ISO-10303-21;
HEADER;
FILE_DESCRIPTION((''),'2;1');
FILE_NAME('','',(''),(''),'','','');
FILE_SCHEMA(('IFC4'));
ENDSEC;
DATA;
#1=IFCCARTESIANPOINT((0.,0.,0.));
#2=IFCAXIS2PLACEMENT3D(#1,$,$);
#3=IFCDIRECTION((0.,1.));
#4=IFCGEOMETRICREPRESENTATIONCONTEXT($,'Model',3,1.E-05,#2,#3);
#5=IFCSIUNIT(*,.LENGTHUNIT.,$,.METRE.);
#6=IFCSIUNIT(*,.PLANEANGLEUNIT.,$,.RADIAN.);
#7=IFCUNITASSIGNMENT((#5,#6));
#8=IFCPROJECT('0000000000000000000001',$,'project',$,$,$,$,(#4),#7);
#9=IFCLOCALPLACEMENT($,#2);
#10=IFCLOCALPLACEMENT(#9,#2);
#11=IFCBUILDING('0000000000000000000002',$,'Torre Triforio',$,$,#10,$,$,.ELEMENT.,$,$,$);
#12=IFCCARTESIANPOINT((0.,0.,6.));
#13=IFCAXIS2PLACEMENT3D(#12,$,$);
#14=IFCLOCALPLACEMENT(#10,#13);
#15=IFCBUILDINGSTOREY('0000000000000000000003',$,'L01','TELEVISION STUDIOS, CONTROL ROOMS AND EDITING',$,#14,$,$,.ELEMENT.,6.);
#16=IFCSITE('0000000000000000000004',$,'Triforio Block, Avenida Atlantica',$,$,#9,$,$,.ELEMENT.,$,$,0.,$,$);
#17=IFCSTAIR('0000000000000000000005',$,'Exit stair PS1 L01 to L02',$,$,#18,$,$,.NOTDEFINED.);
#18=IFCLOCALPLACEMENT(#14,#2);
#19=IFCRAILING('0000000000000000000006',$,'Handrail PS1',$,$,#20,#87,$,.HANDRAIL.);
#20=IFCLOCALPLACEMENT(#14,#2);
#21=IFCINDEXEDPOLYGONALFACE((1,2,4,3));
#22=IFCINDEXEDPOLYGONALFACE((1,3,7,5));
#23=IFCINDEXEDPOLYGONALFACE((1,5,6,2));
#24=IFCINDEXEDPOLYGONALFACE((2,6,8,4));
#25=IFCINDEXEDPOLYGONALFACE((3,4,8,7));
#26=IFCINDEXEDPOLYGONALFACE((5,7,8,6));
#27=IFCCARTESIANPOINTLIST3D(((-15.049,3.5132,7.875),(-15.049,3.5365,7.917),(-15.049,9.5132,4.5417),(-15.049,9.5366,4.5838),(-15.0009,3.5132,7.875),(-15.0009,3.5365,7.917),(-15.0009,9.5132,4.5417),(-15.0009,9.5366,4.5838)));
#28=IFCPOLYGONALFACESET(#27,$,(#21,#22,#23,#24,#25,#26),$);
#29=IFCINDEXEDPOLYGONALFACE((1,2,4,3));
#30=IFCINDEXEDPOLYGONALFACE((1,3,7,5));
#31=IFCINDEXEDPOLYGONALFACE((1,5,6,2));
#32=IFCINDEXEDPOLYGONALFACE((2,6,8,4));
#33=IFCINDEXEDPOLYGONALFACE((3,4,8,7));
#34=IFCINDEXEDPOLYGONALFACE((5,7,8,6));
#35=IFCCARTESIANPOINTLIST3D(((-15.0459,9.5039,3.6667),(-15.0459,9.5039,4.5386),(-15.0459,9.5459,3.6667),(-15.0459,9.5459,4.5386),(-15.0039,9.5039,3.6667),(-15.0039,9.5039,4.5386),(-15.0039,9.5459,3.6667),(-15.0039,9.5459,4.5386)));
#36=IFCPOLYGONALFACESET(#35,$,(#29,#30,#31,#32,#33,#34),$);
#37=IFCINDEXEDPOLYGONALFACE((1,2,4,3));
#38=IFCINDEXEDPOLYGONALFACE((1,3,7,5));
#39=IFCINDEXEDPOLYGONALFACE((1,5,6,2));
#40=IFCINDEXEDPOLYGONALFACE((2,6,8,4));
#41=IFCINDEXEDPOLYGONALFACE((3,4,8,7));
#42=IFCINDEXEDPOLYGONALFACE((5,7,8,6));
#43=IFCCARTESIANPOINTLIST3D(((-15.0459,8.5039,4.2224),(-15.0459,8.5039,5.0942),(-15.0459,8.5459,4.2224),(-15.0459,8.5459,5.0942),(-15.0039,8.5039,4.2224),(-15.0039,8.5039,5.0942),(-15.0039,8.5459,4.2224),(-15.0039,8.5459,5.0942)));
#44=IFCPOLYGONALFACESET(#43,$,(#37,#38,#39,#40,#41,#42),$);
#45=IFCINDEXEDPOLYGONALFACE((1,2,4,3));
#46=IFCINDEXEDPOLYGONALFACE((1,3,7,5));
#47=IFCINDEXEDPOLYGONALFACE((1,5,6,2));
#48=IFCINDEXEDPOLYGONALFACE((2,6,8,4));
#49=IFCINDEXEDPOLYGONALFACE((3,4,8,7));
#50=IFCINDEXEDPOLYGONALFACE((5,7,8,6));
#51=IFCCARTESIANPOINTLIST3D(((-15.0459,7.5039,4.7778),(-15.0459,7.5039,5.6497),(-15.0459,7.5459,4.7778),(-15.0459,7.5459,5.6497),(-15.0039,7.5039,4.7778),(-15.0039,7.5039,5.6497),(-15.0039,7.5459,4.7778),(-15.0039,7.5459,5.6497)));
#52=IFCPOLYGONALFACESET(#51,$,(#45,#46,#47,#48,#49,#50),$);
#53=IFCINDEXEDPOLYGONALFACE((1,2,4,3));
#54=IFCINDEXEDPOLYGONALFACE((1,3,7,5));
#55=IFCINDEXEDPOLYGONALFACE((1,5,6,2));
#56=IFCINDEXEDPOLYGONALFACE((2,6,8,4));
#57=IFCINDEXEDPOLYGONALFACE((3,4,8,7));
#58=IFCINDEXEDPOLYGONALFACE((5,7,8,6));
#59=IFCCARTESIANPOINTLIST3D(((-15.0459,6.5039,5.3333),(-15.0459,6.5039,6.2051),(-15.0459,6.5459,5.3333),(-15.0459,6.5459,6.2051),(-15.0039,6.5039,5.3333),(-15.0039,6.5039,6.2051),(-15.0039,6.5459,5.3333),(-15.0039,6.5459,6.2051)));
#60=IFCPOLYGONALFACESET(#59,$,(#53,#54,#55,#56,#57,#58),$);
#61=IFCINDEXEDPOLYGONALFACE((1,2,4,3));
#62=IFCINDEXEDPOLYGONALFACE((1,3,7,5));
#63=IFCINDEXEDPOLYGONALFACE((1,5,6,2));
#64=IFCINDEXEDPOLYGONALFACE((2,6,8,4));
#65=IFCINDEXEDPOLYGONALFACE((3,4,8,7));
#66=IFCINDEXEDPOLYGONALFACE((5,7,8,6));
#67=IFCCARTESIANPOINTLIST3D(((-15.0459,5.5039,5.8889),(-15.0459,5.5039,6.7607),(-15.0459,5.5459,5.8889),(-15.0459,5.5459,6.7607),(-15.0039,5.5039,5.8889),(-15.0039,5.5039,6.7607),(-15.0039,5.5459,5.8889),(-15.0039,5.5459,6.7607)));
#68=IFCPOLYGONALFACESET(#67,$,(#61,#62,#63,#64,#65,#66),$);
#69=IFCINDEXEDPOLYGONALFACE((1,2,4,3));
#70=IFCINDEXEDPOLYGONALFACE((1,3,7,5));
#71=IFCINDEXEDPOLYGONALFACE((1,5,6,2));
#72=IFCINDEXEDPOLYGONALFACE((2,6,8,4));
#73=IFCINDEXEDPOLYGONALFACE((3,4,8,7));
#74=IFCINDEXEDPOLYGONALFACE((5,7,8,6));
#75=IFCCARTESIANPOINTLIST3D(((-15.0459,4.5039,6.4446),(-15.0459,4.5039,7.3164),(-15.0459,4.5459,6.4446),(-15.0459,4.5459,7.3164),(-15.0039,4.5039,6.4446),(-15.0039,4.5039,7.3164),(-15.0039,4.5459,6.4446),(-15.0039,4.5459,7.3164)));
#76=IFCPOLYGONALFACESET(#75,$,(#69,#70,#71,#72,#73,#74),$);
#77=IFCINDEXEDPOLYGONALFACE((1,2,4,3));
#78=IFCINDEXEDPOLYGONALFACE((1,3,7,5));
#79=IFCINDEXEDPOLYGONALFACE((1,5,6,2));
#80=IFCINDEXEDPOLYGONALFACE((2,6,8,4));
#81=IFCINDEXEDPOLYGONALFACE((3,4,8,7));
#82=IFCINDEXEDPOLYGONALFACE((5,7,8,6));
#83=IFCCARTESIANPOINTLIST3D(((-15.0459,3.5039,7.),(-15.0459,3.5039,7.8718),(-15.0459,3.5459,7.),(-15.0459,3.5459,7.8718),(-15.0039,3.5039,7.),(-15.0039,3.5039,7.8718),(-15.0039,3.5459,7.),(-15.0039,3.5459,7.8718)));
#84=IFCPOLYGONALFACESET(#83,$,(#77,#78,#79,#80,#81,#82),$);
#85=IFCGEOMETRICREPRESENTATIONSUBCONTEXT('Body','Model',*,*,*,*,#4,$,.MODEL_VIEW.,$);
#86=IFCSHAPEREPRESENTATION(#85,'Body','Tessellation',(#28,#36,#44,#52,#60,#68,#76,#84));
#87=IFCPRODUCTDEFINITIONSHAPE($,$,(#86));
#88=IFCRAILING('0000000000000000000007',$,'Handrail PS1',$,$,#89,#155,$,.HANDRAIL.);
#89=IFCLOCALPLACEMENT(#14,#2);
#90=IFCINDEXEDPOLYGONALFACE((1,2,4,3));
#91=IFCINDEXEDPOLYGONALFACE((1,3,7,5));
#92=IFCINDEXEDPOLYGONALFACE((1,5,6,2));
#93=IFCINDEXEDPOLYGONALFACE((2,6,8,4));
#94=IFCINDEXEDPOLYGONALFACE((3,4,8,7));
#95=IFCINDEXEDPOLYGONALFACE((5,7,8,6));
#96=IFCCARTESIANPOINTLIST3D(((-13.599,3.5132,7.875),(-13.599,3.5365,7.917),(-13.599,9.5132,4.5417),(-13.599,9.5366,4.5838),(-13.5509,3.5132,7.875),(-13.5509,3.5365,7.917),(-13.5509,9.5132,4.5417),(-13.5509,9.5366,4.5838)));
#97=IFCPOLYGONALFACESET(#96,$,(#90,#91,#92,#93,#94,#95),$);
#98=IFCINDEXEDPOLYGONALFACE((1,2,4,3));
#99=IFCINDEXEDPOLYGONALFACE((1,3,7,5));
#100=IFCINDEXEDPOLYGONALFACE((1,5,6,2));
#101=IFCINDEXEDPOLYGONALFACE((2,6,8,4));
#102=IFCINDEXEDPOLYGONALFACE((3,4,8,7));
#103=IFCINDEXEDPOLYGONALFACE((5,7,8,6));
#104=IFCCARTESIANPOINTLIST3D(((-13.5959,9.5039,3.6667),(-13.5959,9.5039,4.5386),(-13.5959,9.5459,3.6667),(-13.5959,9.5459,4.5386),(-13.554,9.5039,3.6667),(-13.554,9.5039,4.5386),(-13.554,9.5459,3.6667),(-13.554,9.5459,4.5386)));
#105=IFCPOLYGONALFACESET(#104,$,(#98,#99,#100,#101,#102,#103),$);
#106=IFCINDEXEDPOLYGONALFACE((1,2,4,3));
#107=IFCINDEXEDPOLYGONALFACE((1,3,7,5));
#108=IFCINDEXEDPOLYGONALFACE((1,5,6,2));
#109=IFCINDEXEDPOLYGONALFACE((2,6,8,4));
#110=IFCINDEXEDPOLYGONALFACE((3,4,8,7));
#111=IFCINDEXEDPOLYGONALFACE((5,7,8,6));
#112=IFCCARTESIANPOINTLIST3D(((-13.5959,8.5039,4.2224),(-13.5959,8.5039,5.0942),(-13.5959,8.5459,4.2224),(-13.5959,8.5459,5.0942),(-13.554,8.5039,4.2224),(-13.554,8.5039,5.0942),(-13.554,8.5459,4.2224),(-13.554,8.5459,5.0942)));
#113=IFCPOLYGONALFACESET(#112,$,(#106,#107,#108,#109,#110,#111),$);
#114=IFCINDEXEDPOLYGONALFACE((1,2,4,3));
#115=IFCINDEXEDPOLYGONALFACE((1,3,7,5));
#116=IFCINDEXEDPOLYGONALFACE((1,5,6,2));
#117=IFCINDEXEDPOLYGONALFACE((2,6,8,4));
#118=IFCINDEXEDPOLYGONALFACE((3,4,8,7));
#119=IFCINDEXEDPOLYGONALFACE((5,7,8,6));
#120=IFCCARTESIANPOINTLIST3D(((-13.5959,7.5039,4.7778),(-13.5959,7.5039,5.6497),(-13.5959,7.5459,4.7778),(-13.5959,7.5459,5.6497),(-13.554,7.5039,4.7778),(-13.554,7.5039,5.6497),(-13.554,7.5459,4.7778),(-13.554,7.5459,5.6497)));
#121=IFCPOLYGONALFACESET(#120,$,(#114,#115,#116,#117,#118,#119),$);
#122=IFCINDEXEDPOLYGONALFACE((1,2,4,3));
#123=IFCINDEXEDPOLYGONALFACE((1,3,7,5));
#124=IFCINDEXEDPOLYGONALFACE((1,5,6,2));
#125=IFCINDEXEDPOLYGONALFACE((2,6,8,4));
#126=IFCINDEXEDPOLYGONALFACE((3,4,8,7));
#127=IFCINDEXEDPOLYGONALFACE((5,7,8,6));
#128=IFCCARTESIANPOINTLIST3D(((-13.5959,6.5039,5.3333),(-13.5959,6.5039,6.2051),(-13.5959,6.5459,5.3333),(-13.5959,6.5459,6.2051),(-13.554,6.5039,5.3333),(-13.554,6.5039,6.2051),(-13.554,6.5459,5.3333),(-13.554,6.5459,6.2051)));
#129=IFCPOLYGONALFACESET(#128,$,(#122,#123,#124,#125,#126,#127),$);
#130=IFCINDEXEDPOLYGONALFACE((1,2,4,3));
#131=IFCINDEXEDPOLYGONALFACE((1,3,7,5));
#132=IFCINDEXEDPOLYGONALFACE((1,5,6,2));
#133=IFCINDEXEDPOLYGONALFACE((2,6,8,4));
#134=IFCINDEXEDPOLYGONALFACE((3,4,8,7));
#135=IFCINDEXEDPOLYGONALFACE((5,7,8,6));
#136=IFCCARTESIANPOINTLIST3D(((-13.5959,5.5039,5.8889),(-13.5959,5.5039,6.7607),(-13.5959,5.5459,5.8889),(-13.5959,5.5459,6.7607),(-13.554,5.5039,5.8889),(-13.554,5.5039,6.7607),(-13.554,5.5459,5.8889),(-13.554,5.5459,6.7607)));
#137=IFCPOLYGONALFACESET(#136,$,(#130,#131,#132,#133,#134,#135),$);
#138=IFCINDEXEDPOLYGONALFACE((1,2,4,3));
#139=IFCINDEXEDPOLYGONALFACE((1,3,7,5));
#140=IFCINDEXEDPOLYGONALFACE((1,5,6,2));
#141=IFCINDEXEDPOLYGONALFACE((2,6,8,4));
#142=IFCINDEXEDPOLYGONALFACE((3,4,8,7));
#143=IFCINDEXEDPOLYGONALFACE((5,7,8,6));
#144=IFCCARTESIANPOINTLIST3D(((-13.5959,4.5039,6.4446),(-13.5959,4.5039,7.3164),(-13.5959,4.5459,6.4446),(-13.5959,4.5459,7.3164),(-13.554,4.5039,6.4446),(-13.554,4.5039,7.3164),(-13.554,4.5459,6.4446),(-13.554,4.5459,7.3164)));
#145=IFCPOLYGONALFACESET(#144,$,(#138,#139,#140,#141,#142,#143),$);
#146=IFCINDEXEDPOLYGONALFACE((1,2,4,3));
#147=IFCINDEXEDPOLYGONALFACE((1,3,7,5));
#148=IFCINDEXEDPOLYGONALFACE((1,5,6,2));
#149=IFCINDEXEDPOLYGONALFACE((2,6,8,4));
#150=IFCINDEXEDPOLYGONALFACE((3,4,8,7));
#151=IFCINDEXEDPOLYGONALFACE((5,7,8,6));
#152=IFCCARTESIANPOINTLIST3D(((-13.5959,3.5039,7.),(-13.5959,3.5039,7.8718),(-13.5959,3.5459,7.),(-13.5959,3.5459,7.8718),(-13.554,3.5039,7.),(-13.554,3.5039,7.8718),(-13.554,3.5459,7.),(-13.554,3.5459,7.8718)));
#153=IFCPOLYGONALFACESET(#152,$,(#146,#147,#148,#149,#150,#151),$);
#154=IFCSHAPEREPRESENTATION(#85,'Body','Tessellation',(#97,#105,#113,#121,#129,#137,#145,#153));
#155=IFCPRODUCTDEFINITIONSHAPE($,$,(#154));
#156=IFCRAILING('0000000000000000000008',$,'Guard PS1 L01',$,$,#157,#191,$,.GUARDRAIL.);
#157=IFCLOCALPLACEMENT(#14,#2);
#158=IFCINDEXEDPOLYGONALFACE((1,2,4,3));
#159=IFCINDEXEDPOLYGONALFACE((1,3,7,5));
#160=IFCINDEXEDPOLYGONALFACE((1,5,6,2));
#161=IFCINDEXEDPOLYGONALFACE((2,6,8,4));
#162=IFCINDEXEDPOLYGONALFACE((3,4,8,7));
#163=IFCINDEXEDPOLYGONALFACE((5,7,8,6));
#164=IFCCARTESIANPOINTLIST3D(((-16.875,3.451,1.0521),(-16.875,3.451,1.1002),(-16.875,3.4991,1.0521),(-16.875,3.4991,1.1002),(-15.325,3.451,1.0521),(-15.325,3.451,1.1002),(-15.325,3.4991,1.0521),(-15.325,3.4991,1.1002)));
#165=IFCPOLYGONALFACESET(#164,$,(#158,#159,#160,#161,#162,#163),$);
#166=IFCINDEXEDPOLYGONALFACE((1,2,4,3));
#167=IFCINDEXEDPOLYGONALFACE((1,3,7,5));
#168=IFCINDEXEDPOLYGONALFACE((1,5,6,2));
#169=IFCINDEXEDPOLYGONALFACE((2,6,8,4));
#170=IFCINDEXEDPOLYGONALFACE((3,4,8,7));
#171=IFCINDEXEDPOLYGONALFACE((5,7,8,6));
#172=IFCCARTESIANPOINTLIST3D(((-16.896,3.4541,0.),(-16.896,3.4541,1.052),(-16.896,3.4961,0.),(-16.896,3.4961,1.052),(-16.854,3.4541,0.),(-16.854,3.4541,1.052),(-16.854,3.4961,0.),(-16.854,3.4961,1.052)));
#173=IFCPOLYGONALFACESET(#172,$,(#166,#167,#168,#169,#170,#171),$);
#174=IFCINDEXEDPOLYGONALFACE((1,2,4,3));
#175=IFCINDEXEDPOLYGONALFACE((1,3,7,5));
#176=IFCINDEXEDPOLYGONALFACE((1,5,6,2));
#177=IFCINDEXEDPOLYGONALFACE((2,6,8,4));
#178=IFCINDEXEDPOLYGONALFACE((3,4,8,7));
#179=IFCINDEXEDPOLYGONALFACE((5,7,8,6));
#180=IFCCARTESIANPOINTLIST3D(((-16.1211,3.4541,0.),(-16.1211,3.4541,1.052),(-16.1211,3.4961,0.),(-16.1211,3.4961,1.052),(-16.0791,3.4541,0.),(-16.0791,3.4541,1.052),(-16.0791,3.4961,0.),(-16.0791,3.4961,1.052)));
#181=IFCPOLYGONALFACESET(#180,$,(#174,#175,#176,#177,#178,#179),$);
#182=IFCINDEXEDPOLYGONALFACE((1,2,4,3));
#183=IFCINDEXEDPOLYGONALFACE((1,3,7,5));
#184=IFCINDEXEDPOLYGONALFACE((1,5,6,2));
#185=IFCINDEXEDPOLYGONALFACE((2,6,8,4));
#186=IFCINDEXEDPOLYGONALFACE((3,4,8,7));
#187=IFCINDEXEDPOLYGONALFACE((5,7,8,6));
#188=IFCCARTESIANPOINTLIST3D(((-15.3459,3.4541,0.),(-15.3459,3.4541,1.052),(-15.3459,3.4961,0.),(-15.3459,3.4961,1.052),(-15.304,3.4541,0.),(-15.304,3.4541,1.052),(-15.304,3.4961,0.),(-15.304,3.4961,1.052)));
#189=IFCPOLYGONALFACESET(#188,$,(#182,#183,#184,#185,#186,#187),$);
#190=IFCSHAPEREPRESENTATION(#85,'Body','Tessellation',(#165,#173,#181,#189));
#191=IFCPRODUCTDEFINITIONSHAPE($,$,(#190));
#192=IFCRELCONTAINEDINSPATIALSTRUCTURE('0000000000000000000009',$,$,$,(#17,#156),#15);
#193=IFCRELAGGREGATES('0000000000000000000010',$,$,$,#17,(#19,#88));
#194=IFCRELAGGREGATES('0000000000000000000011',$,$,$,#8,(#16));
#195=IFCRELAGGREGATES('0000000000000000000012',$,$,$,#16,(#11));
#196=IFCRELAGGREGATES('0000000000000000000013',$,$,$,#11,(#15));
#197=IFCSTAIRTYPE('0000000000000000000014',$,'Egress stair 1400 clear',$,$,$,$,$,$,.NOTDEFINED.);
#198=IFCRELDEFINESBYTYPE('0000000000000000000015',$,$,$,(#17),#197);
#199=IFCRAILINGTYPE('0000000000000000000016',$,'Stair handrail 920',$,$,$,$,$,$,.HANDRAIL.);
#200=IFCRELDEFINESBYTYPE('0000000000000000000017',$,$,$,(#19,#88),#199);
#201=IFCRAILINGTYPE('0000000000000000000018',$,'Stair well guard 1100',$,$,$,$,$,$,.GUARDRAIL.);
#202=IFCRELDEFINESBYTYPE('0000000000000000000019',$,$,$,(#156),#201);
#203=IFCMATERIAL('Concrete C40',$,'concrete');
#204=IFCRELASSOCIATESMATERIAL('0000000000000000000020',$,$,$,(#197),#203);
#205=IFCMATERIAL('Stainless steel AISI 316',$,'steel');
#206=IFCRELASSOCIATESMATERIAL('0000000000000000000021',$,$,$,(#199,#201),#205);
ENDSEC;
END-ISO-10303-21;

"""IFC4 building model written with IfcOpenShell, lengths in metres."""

from ifc_helpers import new_model, si_unit, direction, frame, origin, origin_2d, place, context, subcontext, project, spatial, rectangle, extrude, material, type_object, element, aggregate, save


model = new_model("IFC4")

# Units and contexts
model_context = context("Model", 3, precision=1e-05, world=origin(), true_north=direction((0.0, 1.0)))
body_context = subcontext(model_context, "Body", "Model", "MODEL_VIEW")
ifc_project = project(units=[si_unit("LENGTHUNIT", "METRE"), si_unit("PLANEANGLEUNIT", "RADIAN")], contexts=[model_context])

# Site, building, storey
site_placement = place(None, origin())
site = spatial("IfcSite", under=ifc_project, at=site_placement, Name="Triforio Block, Avenida Atlantica", CompositionType="ELEMENT", RefElevation=0.0)
building_placement = place(site_placement, origin())
building = spatial("IfcBuilding", under=site, at=building_placement, Name="Torre Triforio", CompositionType="ELEMENT")
storey_placement = place(building_placement, frame((0.0, 0.0, 6.0)))
storey = spatial("IfcBuildingStorey", under=building, at=storey_placement, Name="L01", Description="TELEVISION STUDIOS, CONTROL ROOMS AND EDITING", CompositionType="ELEMENT", Elevation=6.0)

# Shared definitions
ifc_material_1 = material(Name="Concrete C40", Category="concrete")

# Stair, railings
stair_type = type_object("IfcStairType", Name="Egress stair 1400 clear", PredefinedType="NOTDEFINED", material=ifc_material_1)
stair_placement = place(storey_placement, origin())
stair = element("IfcStair", 1, at=stair_placement, inside=storey, type_object=stair_type, Name="Exit stair PS1 L01 to L02", PredefinedType="NOTDEFINED")
ifc_material_2 = material(Name="Stainless steel AISI 316", Category="steel")
railing_type_1 = type_object("IfcRailingType", Name="Stair handrail 920", PredefinedType="HANDRAIL", material=ifc_material_2)
railing_1_placement = place(storey_placement, frame((-15.0249, 9.5249, 3.6667)))
railing_1 = element("IfcRailing", 2, at=railing_1_placement, type_object=railing_type_1, Name="Handrail PS1", PredefinedType="HANDRAIL", context=body_context, shape_type="SweptSolid", body=[
    extrude(rectangle(XDim=0.0481, YDim=0.0481, at=origin_2d()), frame((0.0, 0.0, 0.896), z_axis=(0.0, -0.874162, 0.485634), x_axis=(1.0, 0.0, 0.0)), (0.0, 0.0, 1.0), 6.8638),
    extrude(rectangle(XDim=0.042, YDim=0.042, at=origin_2d()), origin(), (0.0, 0.0, 1.0), 0.8718),
    extrude(rectangle(XDim=0.042, YDim=0.042, at=origin_2d()), frame((0.0, -1.0, 0.5557)), (0.0, 0.0, 1.0), 0.8718),
    extrude(rectangle(XDim=0.042, YDim=0.042, at=origin_2d()), frame((0.0, -2.0, 1.1111)), (0.0, 0.0, 1.0), 0.8718),
    extrude(rectangle(XDim=0.042, YDim=0.042, at=origin_2d()), frame((0.0, -3.0, 1.6665)), (0.0, 0.0, 1.0), 0.8718),
    extrude(rectangle(XDim=0.042, YDim=0.042, at=origin_2d()), frame((0.0, -4.0, 2.2222)), (0.0, 0.0, 1.0), 0.8718),
    extrude(rectangle(XDim=0.042, YDim=0.042, at=origin_2d()), frame((0.0, -5.0, 2.7778)), (0.0, 0.0, 1.0), 0.8718),
    extrude(rectangle(XDim=0.042, YDim=0.042, at=origin_2d()), frame((0.0, -6.0, 3.3333)), (0.0, 0.0, 1.0), 0.8718),
])
railing_2_placement = place(storey_placement, frame((-13.575, 9.5249, 3.6667)))
railing_2 = element("IfcRailing", 3, at=railing_2_placement, type_object=railing_type_1, Name="Handrail PS1", PredefinedType="HANDRAIL", context=body_context, shape_type="SweptSolid", body=[
    extrude(rectangle(XDim=0.0481, YDim=0.0481, at=origin_2d()), frame((0.0, 0.0, 0.896), z_axis=(0.0, -0.874162, 0.485634), x_axis=(1.0, 0.0, 0.0)), (0.0, 0.0, 1.0), 6.8638),
    extrude(rectangle(XDim=0.042, YDim=0.042, at=origin_2d()), origin(), (0.0, 0.0, 1.0), 0.8718),
    extrude(rectangle(XDim=0.042, YDim=0.042, at=origin_2d()), frame((0.0, -1.0, 0.5557)), (0.0, 0.0, 1.0), 0.8718),
    extrude(rectangle(XDim=0.042, YDim=0.042, at=origin_2d()), frame((0.0, -2.0, 1.1111)), (0.0, 0.0, 1.0), 0.8718),
    extrude(rectangle(XDim=0.042, YDim=0.042, at=origin_2d()), frame((0.0, -3.0, 1.6665)), (0.0, 0.0, 1.0), 0.8718),
    extrude(rectangle(XDim=0.042, YDim=0.042, at=origin_2d()), frame((0.0, -4.0, 2.2222)), (0.0, 0.0, 1.0), 0.8718),
    extrude(rectangle(XDim=0.042, YDim=0.042, at=origin_2d()), frame((0.0, -5.0, 2.7778)), (0.0, 0.0, 1.0), 0.8718),
    extrude(rectangle(XDim=0.042, YDim=0.042, at=origin_2d()), frame((0.0, -6.0, 3.3333)), (0.0, 0.0, 1.0), 0.8718),
])
aggregate(stair, [railing_1, railing_2])

# Railing
railing_type_2 = type_object("IfcRailingType", Name="Stair well guard 1100", PredefinedType="GUARDRAIL", material=ifc_material_2)
railing_3_placement = place(storey_placement, frame((-16.875, 3.4751, 0.0)))
element("IfcRailing", 4, at=railing_3_placement, inside=storey, type_object=railing_type_2, Name="Guard PS1 L01", PredefinedType="GUARDRAIL", context=body_context, shape_type="SweptSolid", body=[
    extrude(rectangle(XDim=0.0481, YDim=0.0481, at=origin_2d()), frame((0.0, 0.0, 1.0762), z_axis=(1.0, 0.0, 0.0), x_axis=(0.0, 1.0, 0.0)), (0.0, 0.0, 1.0), 1.55),
    extrude(rectangle(XDim=0.042, YDim=0.042, at=origin_2d()), origin(), (0.0, 0.0, 1.0), 1.052),
    extrude(rectangle(XDim=0.042, YDim=0.042, at=origin_2d()), frame((0.7749, 0.0, 0.0)), (0.0, 0.0, 1.0), 1.052),
    extrude(rectangle(XDim=0.042, YDim=0.042, at=origin_2d()), frame((1.55, 0.0, 0.0)), (0.0, 0.0, 1.0), 1.052),
])

save(model, "model.ifc")
